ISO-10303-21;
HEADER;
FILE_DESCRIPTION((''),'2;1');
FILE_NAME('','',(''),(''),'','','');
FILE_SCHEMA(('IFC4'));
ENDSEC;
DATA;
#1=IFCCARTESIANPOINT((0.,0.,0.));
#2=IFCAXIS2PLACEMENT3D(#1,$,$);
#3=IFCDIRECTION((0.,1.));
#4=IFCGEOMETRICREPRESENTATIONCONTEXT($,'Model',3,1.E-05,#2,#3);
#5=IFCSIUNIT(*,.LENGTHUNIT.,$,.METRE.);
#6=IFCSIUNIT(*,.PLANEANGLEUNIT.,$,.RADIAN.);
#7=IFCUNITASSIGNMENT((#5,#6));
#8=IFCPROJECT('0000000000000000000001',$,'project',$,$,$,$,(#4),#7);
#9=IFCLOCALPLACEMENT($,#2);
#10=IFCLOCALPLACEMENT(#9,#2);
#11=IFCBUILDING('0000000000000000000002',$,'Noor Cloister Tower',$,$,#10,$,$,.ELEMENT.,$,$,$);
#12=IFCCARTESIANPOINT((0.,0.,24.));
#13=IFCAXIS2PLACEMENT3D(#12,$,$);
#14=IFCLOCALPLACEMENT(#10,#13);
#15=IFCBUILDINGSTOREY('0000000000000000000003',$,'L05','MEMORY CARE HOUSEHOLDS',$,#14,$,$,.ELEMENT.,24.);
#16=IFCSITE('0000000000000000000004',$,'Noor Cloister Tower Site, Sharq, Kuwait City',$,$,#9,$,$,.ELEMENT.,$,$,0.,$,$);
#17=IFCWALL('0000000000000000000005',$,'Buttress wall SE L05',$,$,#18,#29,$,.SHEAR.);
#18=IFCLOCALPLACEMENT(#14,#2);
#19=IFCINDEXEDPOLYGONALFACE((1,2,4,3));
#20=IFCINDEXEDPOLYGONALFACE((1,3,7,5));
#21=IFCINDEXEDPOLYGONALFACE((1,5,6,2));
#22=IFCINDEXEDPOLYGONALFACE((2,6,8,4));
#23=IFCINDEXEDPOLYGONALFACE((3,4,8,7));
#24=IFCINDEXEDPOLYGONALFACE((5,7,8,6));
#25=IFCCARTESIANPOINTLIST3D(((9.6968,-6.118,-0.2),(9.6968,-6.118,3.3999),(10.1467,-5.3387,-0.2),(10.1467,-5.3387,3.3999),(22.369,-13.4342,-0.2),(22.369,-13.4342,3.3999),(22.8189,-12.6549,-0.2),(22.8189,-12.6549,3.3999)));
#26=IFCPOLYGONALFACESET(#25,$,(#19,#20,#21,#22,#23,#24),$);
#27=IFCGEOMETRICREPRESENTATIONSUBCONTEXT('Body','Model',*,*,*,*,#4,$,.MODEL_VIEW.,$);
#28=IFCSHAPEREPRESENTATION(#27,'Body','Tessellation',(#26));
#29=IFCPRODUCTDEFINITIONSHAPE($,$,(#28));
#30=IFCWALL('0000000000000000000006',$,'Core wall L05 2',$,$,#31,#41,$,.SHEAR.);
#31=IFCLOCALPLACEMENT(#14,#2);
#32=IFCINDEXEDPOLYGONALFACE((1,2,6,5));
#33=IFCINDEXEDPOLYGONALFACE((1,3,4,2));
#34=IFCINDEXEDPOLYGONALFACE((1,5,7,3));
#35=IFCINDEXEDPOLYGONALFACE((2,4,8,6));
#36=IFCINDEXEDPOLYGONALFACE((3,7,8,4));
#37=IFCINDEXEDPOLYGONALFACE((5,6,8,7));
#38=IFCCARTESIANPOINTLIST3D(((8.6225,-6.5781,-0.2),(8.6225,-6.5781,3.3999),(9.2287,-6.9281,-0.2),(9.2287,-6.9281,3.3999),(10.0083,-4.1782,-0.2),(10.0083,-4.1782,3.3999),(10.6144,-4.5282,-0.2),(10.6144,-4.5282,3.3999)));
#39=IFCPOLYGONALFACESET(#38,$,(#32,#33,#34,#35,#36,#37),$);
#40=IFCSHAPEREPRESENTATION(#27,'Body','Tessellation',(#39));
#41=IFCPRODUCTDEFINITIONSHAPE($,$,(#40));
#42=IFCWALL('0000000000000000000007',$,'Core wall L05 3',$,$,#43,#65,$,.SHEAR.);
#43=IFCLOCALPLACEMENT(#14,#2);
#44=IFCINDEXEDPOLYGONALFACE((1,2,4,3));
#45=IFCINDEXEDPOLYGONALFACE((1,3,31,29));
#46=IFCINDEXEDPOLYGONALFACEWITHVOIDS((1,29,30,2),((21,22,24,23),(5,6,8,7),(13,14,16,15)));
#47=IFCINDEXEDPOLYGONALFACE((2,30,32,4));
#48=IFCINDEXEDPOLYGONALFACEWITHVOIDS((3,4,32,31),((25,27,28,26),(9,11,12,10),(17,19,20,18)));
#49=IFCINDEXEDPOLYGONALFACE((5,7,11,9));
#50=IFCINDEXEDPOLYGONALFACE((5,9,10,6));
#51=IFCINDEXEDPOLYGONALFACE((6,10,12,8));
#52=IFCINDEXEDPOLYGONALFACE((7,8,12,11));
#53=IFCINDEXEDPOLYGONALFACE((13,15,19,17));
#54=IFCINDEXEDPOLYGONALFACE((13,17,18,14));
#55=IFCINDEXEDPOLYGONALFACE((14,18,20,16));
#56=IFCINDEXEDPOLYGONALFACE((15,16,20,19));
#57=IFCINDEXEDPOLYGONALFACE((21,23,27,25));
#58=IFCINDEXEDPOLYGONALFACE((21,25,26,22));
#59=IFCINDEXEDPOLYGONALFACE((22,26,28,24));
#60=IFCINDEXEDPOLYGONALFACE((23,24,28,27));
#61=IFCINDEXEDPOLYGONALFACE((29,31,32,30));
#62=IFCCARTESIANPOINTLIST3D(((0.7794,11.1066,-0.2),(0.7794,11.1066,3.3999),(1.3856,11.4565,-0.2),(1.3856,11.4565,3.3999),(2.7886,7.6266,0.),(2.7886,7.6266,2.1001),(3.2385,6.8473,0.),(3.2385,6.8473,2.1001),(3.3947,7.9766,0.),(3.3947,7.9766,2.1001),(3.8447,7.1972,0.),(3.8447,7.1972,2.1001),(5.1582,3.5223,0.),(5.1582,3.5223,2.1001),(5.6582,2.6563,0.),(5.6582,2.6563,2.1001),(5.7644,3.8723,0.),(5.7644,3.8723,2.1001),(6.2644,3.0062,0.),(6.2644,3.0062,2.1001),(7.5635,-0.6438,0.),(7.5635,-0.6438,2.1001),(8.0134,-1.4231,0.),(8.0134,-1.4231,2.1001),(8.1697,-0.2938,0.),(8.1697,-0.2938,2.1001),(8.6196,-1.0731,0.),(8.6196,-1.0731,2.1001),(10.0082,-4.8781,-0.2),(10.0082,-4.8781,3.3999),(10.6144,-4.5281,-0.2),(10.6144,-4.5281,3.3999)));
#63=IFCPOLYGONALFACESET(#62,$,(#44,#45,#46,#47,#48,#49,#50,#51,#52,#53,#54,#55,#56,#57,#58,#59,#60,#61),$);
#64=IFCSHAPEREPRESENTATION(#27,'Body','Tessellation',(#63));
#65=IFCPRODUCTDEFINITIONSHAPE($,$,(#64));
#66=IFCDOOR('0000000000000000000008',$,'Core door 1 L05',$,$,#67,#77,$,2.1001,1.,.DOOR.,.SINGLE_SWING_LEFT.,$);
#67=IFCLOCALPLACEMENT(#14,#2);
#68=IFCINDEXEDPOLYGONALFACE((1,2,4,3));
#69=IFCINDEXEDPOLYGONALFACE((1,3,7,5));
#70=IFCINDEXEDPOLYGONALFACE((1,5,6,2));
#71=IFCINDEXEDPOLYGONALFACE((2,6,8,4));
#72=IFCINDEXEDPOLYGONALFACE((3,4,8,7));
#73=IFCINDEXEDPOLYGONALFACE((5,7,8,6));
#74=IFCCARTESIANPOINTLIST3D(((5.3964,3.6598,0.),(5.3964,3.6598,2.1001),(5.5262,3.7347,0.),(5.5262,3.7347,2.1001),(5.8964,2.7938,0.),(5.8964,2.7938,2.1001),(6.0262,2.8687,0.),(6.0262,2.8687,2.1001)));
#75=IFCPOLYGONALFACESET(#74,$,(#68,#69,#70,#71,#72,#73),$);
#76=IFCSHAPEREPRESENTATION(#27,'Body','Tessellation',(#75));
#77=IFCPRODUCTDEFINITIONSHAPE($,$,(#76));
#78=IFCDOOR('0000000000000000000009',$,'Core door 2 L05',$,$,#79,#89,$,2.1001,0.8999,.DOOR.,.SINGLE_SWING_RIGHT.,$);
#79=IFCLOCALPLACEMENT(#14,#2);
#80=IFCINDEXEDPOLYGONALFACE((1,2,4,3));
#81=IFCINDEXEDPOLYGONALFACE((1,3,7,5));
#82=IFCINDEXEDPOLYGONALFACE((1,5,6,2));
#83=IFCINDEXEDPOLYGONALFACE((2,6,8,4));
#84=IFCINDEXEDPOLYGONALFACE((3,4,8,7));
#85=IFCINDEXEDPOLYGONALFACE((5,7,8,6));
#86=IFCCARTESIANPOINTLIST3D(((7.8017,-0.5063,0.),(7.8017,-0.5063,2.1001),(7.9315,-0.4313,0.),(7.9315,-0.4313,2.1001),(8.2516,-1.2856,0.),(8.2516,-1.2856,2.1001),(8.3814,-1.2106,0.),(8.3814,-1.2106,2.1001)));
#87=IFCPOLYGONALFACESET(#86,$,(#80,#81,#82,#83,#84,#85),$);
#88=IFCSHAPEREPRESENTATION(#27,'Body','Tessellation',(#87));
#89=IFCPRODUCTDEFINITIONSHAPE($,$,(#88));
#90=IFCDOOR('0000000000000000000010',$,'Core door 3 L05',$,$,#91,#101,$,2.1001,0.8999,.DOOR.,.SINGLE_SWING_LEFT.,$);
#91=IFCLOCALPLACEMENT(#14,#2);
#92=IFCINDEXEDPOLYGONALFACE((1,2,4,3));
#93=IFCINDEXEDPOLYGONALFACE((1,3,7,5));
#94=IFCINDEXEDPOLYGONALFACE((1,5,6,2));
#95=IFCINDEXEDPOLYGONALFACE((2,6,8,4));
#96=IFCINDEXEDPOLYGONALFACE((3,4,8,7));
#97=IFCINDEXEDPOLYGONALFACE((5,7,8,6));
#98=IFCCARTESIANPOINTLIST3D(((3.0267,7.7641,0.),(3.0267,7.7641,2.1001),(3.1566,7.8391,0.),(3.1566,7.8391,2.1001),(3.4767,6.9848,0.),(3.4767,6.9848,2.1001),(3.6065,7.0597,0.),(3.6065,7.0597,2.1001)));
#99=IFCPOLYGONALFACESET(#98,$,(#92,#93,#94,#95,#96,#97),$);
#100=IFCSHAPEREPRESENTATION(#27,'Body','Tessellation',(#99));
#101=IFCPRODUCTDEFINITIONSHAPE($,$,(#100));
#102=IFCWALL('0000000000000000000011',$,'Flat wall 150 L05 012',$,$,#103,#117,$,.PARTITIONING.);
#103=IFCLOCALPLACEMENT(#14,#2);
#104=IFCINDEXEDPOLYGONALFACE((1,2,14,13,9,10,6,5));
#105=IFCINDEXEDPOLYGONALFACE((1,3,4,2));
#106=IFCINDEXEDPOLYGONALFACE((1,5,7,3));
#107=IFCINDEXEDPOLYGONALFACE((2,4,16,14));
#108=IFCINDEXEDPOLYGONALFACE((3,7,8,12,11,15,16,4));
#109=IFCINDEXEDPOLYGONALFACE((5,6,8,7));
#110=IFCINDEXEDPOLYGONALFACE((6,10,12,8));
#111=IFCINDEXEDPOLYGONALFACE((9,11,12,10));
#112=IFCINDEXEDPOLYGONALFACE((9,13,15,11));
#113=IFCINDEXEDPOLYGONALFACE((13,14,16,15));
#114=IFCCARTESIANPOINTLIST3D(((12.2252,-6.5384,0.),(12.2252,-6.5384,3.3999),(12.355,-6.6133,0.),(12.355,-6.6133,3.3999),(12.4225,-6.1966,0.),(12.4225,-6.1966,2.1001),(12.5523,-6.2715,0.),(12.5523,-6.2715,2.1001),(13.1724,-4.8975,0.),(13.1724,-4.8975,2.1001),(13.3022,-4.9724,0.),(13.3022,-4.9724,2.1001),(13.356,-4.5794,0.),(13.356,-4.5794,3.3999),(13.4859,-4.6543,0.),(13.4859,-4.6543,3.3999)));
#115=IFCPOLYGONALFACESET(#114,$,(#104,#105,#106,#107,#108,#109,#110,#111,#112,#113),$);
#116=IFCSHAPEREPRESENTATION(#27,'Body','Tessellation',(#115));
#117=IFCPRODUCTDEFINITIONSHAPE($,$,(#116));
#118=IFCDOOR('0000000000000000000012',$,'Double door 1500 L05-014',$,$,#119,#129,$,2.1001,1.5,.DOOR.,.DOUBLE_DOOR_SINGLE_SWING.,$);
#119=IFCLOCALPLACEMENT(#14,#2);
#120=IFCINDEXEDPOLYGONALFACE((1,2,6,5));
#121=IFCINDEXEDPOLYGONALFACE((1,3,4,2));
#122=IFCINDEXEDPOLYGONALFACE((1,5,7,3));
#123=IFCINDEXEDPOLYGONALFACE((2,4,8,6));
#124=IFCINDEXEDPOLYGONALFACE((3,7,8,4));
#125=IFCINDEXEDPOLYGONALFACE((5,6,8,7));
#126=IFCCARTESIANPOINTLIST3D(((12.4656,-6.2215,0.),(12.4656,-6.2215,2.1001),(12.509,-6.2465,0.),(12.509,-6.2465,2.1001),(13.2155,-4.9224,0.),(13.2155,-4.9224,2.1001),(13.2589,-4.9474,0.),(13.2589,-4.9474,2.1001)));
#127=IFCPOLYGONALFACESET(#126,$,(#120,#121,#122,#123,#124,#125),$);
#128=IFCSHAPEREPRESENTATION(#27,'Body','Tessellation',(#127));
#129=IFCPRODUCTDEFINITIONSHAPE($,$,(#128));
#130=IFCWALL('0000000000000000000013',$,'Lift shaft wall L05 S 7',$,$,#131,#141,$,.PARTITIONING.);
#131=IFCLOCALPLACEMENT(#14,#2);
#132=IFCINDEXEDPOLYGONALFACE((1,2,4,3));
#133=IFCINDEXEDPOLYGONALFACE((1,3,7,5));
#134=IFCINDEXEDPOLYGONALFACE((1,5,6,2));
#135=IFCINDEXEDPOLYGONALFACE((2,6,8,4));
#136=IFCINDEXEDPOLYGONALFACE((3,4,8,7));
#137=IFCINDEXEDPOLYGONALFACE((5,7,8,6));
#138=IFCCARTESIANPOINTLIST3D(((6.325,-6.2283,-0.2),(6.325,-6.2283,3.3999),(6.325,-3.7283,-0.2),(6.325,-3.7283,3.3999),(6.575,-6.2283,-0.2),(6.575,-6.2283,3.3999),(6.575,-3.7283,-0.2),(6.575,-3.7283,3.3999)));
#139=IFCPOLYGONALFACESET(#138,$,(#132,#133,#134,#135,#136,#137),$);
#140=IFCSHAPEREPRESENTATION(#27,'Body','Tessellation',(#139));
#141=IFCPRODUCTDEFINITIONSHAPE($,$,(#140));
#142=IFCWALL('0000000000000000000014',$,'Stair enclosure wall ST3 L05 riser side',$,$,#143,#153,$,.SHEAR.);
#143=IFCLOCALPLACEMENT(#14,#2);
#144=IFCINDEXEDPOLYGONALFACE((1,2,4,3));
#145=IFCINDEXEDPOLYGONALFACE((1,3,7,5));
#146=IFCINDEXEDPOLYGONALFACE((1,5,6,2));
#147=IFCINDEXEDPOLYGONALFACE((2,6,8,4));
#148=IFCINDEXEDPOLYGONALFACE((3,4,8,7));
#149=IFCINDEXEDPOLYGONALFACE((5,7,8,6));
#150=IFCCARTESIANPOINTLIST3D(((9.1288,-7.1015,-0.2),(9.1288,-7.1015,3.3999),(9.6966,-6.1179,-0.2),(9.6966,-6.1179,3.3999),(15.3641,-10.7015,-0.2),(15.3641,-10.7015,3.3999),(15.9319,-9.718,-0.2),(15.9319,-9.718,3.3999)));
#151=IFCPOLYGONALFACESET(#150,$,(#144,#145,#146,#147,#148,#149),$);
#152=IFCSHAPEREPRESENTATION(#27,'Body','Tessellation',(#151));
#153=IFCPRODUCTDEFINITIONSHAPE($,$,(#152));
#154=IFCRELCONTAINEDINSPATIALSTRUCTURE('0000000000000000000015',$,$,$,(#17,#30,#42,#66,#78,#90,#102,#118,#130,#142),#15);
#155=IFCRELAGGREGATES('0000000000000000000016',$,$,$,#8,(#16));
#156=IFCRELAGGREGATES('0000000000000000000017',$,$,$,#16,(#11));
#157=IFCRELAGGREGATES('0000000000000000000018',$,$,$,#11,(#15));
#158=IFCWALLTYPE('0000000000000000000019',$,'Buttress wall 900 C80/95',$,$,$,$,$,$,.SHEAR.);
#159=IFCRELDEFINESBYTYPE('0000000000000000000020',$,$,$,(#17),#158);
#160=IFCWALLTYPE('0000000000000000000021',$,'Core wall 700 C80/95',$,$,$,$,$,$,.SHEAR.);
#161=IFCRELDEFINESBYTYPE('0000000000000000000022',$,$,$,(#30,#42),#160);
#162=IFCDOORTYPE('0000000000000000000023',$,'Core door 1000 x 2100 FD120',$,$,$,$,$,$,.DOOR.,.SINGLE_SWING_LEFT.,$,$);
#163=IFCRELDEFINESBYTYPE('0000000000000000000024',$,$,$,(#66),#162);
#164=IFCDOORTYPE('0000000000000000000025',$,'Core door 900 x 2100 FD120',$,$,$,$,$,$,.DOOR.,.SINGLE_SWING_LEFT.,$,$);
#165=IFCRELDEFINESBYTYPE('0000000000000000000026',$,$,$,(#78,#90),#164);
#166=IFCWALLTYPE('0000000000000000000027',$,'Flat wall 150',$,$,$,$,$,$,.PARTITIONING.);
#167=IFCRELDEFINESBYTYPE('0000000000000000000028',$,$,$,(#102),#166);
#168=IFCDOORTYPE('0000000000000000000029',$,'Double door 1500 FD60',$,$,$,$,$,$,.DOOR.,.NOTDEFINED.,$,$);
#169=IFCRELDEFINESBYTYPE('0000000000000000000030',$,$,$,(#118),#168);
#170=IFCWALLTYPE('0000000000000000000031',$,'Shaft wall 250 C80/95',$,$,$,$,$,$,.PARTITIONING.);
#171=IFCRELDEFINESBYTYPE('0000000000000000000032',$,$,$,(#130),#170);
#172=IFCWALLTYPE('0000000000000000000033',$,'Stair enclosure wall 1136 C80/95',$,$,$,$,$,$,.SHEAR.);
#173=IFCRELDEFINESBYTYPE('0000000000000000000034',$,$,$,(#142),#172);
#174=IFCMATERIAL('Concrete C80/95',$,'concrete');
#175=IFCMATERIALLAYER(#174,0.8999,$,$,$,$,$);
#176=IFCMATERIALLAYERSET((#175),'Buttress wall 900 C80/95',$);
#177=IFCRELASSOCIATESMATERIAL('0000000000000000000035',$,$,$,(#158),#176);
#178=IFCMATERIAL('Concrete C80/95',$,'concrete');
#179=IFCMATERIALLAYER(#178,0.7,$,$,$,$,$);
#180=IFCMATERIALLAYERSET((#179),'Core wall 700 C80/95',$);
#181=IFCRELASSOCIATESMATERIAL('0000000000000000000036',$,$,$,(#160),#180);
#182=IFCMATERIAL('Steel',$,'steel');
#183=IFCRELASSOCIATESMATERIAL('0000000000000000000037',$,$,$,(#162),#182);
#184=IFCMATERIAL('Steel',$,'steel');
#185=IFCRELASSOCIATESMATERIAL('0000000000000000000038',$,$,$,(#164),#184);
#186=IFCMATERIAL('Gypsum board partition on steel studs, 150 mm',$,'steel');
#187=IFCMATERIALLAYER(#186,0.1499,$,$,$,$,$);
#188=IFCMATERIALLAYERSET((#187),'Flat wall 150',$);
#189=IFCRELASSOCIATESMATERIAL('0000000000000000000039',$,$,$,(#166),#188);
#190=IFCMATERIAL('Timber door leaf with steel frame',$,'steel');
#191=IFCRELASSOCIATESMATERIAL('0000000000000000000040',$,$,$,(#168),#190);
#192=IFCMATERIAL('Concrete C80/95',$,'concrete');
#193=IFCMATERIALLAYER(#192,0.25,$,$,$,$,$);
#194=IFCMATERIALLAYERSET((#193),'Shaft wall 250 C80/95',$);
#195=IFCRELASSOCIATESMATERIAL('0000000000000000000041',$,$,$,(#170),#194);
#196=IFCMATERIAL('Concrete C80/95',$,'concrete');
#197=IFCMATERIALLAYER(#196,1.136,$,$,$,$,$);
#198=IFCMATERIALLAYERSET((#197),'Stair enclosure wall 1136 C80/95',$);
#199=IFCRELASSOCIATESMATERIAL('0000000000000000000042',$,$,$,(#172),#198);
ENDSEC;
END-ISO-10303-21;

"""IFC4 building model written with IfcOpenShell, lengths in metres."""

from ifc_helpers import new_model, si_unit, direction, frame, frame_2d, origin, place, context, subcontext, project, spatial, rectangle, extrude, material, layer, layer_set, type_object, element, fill, save


model = new_model("IFC4")

# Units and contexts
model_context = context("Model", 3, precision=1e-05, world=origin(), true_north=direction((0.0, 1.0)))
body_context = subcontext(model_context, "Body", "Model", "MODEL_VIEW")
ifc_project = project(units=[si_unit("LENGTHUNIT", "METRE"), si_unit("PLANEANGLEUNIT", "RADIAN")], contexts=[model_context])

# Site, building, storey
site_placement = place(None, origin())
site = spatial("IfcSite", under=ifc_project, at=site_placement, Name="Noor Cloister Tower Site, Sharq, Kuwait City", CompositionType="ELEMENT", RefElevation=0.0)
building_placement = place(site_placement, origin())
building = spatial("IfcBuilding", under=site, at=building_placement, Name="Noor Cloister Tower", CompositionType="ELEMENT")
storey_placement = place(building_placement, frame((0.0, 0.0, 24.0)))
storey = spatial("IfcBuildingStorey", under=building, at=storey_placement, Name="L05", Description="MEMORY CARE HOUSEHOLDS", CompositionType="ELEMENT", Elevation=24.0)

# Walls
ifc_material_1 = material(Name="Concrete C80/95", Category="concrete")
ifc_layer_1 = layer(ifc_material_1, 0.8999)
ifc_layer_set_1 = layer_set([ifc_layer_1], Name="Buttress wall 900 C80/95")
wall_type_1 = type_object("IfcWallType", Name="Buttress wall 900 C80/95", PredefinedType="SHEAR", material=ifc_layer_set_1)
wall_1_placement = place(storey_placement, frame((9.9216, -5.7283, -0.2), z_axis=(0.0, 0.0, 1.0), x_axis=(0.866028, -0.499995, 0.0)))
element("IfcWall", 1, at=wall_1_placement, inside=storey, type_object=wall_type_1, Name="Buttress wall SE L05", PredefinedType="SHEAR", context=body_context, shape_type="SweptSolid", body=[
    extrude(rectangle(XDim=14.6326, YDim=0.8999, at=frame_2d((7.3164, 0.0))), origin(), (0.0, 0.0, 1.0), 3.5999),
])
ifc_material_2 = material(Name="Concrete C80/95", Category="concrete")
ifc_layer_2 = layer(ifc_material_2, 0.7)
ifc_layer_set_2 = layer_set([ifc_layer_2], Name="Core wall 700 C80/95")
wall_type_2 = type_object("IfcWallType", Name="Core wall 700 C80/95", PredefinedType="SHEAR", material=ifc_layer_set_2)
wall_2_placement = place(storey_placement, frame((8.9255, -6.7532, -0.2), z_axis=(0.0, 0.0, 1.0), x_axis=(0.500043, 0.866001, 0.0)))
element("IfcWall", 2, at=wall_2_placement, inside=storey, type_object=wall_type_2, Name="Core wall L05 2", PredefinedType="SHEAR", context=body_context, shape_type="SweptSolid", body=[
    extrude(rectangle(XDim=2.7712, YDim=0.7, at=frame_2d((1.3857, 0.0))), origin(), (0.0, 0.0, 1.0), 3.5999),
])

# Wall, openings, doors
wall_3_placement = place(storey_placement, frame((10.3113, -4.7031, -0.2), z_axis=(0.0, 0.0, 1.0), x_axis=(-0.500001, 0.866025, 0.0)))
wall_3 = element("IfcWall", 3, at=wall_3_placement, inside=storey, type_object=wall_type_2, Name="Core wall L05 3", PredefinedType="SHEAR", context=body_context, shape_type="SweptSolid", body=[
    extrude(rectangle(XDim=18.4575, YDim=0.7, at=frame_2d((9.2288, 0.0))), origin(), (0.0, 0.0, 1.0), 3.5999),
])
opening_1_placement = place(wall_3_placement, frame((8.7, 0.0, 0.2)))
opening_1 = element("IfcOpeningElement", 4, at=opening_1_placement, cuts=wall_3, PredefinedType="OPENING", context=body_context, shape_type="SweptSolid", body=[
    extrude(rectangle(XDim=1.0, YDim=2.1001, at=frame_2d((0.5, 1.05))), frame((0.0, 0.3599, 0.0), z_axis=(0.0, -1.0, 0.0), x_axis=(1.0, 0.0, 0.0)), (0.0, 0.0, 1.0), 0.72),
])
opening_2_placement = place(wall_3_placement, frame((3.9895, 0.0, 0.2)))
opening_2 = element("IfcOpeningElement", 5, at=opening_2_placement, cuts=wall_3, PredefinedType="OPENING", context=body_context, shape_type="SweptSolid", body=[
    extrude(rectangle(XDim=0.8999, YDim=2.1001, at=frame_2d((0.45, 1.05))), frame((0.0, 0.3599, 0.0), z_axis=(0.0, -1.0, 0.0), x_axis=(1.0, 0.0, 0.0)), (0.0, 0.0, 1.0), 0.72),
])
opening_3_placement = place(wall_3_placement, frame((13.5393, 0.0, 0.2)))
opening_3 = element("IfcOpeningElement", 6, at=opening_3_placement, cuts=wall_3, PredefinedType="OPENING", context=body_context, shape_type="SweptSolid", body=[
    extrude(rectangle(XDim=0.8999, YDim=2.1001, at=frame_2d((0.45, 1.05))), frame((0.0, 0.3599, 0.0), z_axis=(0.0, -1.0, 0.0), x_axis=(1.0, 0.0, 0.0)), (0.0, 0.0, 1.0), 0.72),
])
ifc_material_3 = material(Name="Steel", Category="steel")
door_type_1 = type_object("IfcDoorType", Name="Core door 1000 x 2100 FD120", OperationType="SINGLE_SWING_LEFT", PredefinedType="DOOR", material=ifc_material_3)
door_1_placement = place(opening_1_placement, origin())
door_1 = element("IfcDoor", 7, at=door_1_placement, inside=storey, type_object=door_type_1, Name="Core door 1 L05", OperationType="SINGLE_SWING_LEFT", OverallHeight=2.1001, OverallWidth=1.0, PredefinedType="DOOR", context=body_context, shape_type="SweptSolid", body=[
    extrude(rectangle(XDim=1.0, YDim=2.1001, at=frame_2d((0.5, 1.05))), frame((0.0, 0.075, 0.0), z_axis=(0.0, -1.0, 0.0), x_axis=(1.0, 0.0, 0.0)), (0.0, 0.0, 1.0), 0.1499),
])
fill(opening_1, door_1)
ifc_material_4 = material(Name="Steel", Category="steel")
door_type_2 = type_object("IfcDoorType", Name="Core door 900 x 2100 FD120", OperationType="SINGLE_SWING_LEFT", PredefinedType="DOOR", material=ifc_material_4)
door_2_placement = place(opening_2_placement, origin())
door_2 = element("IfcDoor", 8, at=door_2_placement, inside=storey, type_object=door_type_2, Name="Core door 2 L05", OperationType="SINGLE_SWING_RIGHT", OverallHeight=2.1001, OverallWidth=0.8999, PredefinedType="DOOR", context=body_context, shape_type="SweptSolid", body=[
    extrude(rectangle(XDim=0.8999, YDim=2.1001, at=frame_2d((0.45, 1.05))), frame((0.0, 0.075, 0.0), z_axis=(0.0, -1.0, 0.0), x_axis=(1.0, 0.0, 0.0)), (0.0, 0.0, 1.0), 0.1499),
])
fill(opening_2, door_2)
door_3_placement = place(opening_3_placement, origin())
door_3 = element("IfcDoor", 9, at=door_3_placement, inside=storey, type_object=door_type_2, Name="Core door 3 L05", OperationType="SINGLE_SWING_LEFT", OverallHeight=2.1001, OverallWidth=0.8999, PredefinedType="DOOR", context=body_context, shape_type="SweptSolid", body=[
    extrude(rectangle(XDim=0.8999, YDim=2.1001, at=frame_2d((0.45, 1.05))), frame((0.0, 0.075, 0.0), z_axis=(0.0, -1.0, 0.0), x_axis=(1.0, 0.0, 0.0)), (0.0, 0.0, 1.0), 0.1499),
])
fill(opening_3, door_3)

# Wall, opening, door
ifc_material_5 = material(Name="Gypsum board partition on steel studs, 150 mm", Category="steel")
ifc_layer_3 = layer(ifc_material_5, 0.1499)
ifc_layer_set_3 = layer_set([ifc_layer_3], Name="Flat wall 150")
wall_type_3 = type_object("IfcWallType", Name="Flat wall 150", PredefinedType="PARTITIONING", material=ifc_layer_set_3)
wall_4_placement = place(storey_placement, frame((13.4209, -4.6169, 0.0), z_axis=(0.0, 0.0, 1.0), x_axis=(-0.499947, -0.866056, 0.0)))
wall_4 = element("IfcWall", 10, at=wall_4_placement, inside=storey, type_object=wall_type_3, Name="Flat wall 150 L05 012", PredefinedType="PARTITIONING", context=body_context, shape_type="SweptSolid", body=[
    extrude(rectangle(XDim=2.262, YDim=0.1499, at=frame_2d((1.1309, 0.0))), origin(), (0.0, 0.0, 1.0), 3.3999),
])
opening_4_placement = place(wall_4_placement, frame((0.3672, 0.0, 0.0)))
opening_4 = element("IfcOpeningElement", 11, at=opening_4_placement, cuts=wall_4, PredefinedType="OPENING", context=body_context, shape_type="SweptSolid", body=[
    extrude(rectangle(XDim=1.5, YDim=2.1001, at=frame_2d((0.75, 1.05))), frame((0.0, 0.085, 0.0), z_axis=(0.0, -1.0, 0.0), x_axis=(1.0, 0.0, 0.0)), (0.0, 0.0, 1.0), 0.1699),
])
ifc_material_6 = material(Name="Timber door leaf with steel frame", Category="steel")
door_type_3 = type_object("IfcDoorType", Name="Double door 1500 FD60", OperationType="NOTDEFINED", PredefinedType="DOOR", material=ifc_material_6)
door_4_placement = place(opening_4_placement, origin())
door_4 = element("IfcDoor", 12, at=door_4_placement, inside=storey, type_object=door_type_3, Name="Double door 1500 L05-014", OperationType="DOUBLE_DOOR_SINGLE_SWING", OverallHeight=2.1001, OverallWidth=1.5, PredefinedType="DOOR", context=body_context, shape_type="SweptSolid", body=[
    extrude(rectangle(XDim=1.5, YDim=2.1001, at=frame_2d((0.75, 1.05))), frame((0.0, 0.0249, 0.0), z_axis=(0.0, -1.0, 0.0), x_axis=(1.0, 0.0, 0.0)), (0.0, 0.0, 1.0), 0.05),
])
fill(opening_4, door_4)

# Walls
ifc_material_7 = material(Name="Concrete C80/95", Category="concrete")
ifc_layer_4 = layer(ifc_material_7, 0.25)
ifc_layer_set_4 = layer_set([ifc_layer_4], Name="Shaft wall 250 C80/95")
wall_type_4 = type_object("IfcWallType", Name="Shaft wall 250 C80/95", PredefinedType="PARTITIONING", material=ifc_layer_set_4)
wall_5_placement = place(storey_placement, frame((6.45, -6.2283, -0.2), z_axis=(0.0, 0.0, 1.0), x_axis=(0.0, 1.0, 0.0)))
element("IfcWall", 13, at=wall_5_placement, inside=storey, type_object=wall_type_4, Name="Lift shaft wall L05 S 7", PredefinedType="PARTITIONING", context=body_context, shape_type="SweptSolid", body=[
    extrude(rectangle(XDim=2.5, YDim=0.25, at=frame_2d((1.25, 0.0))), origin(), (0.0, 0.0, 1.0), 3.5999),
])
ifc_material_8 = material(Name="Concrete C80/95", Category="concrete")
ifc_layer_5 = layer(ifc_material_8, 1.136)
ifc_layer_set_5 = layer_set([ifc_layer_5], Name="Stair enclosure wall 1136 C80/95")
wall_type_5 = type_object("IfcWallType", Name="Stair enclosure wall 1136 C80/95", PredefinedType="SHEAR", material=ifc_layer_set_5)
wall_6_placement = place(storey_placement, frame((9.4126, -6.6096, -0.2), z_axis=(0.0, 0.0, 1.0), x_axis=(0.866018, -0.500012, 0.0)))
element("IfcWall", 14, at=wall_6_placement, inside=storey, type_object=wall_type_5, Name="Stair enclosure wall ST3 L05 riser side", PredefinedType="SHEAR", context=body_context, shape_type="SweptSolid", body=[
    extrude(rectangle(XDim=7.2, YDim=1.1357, at=frame_2d((3.6001, 0.0))), origin(), (0.0, 0.0, 1.0), 3.5999),
])

save(model, "model.ifc")
